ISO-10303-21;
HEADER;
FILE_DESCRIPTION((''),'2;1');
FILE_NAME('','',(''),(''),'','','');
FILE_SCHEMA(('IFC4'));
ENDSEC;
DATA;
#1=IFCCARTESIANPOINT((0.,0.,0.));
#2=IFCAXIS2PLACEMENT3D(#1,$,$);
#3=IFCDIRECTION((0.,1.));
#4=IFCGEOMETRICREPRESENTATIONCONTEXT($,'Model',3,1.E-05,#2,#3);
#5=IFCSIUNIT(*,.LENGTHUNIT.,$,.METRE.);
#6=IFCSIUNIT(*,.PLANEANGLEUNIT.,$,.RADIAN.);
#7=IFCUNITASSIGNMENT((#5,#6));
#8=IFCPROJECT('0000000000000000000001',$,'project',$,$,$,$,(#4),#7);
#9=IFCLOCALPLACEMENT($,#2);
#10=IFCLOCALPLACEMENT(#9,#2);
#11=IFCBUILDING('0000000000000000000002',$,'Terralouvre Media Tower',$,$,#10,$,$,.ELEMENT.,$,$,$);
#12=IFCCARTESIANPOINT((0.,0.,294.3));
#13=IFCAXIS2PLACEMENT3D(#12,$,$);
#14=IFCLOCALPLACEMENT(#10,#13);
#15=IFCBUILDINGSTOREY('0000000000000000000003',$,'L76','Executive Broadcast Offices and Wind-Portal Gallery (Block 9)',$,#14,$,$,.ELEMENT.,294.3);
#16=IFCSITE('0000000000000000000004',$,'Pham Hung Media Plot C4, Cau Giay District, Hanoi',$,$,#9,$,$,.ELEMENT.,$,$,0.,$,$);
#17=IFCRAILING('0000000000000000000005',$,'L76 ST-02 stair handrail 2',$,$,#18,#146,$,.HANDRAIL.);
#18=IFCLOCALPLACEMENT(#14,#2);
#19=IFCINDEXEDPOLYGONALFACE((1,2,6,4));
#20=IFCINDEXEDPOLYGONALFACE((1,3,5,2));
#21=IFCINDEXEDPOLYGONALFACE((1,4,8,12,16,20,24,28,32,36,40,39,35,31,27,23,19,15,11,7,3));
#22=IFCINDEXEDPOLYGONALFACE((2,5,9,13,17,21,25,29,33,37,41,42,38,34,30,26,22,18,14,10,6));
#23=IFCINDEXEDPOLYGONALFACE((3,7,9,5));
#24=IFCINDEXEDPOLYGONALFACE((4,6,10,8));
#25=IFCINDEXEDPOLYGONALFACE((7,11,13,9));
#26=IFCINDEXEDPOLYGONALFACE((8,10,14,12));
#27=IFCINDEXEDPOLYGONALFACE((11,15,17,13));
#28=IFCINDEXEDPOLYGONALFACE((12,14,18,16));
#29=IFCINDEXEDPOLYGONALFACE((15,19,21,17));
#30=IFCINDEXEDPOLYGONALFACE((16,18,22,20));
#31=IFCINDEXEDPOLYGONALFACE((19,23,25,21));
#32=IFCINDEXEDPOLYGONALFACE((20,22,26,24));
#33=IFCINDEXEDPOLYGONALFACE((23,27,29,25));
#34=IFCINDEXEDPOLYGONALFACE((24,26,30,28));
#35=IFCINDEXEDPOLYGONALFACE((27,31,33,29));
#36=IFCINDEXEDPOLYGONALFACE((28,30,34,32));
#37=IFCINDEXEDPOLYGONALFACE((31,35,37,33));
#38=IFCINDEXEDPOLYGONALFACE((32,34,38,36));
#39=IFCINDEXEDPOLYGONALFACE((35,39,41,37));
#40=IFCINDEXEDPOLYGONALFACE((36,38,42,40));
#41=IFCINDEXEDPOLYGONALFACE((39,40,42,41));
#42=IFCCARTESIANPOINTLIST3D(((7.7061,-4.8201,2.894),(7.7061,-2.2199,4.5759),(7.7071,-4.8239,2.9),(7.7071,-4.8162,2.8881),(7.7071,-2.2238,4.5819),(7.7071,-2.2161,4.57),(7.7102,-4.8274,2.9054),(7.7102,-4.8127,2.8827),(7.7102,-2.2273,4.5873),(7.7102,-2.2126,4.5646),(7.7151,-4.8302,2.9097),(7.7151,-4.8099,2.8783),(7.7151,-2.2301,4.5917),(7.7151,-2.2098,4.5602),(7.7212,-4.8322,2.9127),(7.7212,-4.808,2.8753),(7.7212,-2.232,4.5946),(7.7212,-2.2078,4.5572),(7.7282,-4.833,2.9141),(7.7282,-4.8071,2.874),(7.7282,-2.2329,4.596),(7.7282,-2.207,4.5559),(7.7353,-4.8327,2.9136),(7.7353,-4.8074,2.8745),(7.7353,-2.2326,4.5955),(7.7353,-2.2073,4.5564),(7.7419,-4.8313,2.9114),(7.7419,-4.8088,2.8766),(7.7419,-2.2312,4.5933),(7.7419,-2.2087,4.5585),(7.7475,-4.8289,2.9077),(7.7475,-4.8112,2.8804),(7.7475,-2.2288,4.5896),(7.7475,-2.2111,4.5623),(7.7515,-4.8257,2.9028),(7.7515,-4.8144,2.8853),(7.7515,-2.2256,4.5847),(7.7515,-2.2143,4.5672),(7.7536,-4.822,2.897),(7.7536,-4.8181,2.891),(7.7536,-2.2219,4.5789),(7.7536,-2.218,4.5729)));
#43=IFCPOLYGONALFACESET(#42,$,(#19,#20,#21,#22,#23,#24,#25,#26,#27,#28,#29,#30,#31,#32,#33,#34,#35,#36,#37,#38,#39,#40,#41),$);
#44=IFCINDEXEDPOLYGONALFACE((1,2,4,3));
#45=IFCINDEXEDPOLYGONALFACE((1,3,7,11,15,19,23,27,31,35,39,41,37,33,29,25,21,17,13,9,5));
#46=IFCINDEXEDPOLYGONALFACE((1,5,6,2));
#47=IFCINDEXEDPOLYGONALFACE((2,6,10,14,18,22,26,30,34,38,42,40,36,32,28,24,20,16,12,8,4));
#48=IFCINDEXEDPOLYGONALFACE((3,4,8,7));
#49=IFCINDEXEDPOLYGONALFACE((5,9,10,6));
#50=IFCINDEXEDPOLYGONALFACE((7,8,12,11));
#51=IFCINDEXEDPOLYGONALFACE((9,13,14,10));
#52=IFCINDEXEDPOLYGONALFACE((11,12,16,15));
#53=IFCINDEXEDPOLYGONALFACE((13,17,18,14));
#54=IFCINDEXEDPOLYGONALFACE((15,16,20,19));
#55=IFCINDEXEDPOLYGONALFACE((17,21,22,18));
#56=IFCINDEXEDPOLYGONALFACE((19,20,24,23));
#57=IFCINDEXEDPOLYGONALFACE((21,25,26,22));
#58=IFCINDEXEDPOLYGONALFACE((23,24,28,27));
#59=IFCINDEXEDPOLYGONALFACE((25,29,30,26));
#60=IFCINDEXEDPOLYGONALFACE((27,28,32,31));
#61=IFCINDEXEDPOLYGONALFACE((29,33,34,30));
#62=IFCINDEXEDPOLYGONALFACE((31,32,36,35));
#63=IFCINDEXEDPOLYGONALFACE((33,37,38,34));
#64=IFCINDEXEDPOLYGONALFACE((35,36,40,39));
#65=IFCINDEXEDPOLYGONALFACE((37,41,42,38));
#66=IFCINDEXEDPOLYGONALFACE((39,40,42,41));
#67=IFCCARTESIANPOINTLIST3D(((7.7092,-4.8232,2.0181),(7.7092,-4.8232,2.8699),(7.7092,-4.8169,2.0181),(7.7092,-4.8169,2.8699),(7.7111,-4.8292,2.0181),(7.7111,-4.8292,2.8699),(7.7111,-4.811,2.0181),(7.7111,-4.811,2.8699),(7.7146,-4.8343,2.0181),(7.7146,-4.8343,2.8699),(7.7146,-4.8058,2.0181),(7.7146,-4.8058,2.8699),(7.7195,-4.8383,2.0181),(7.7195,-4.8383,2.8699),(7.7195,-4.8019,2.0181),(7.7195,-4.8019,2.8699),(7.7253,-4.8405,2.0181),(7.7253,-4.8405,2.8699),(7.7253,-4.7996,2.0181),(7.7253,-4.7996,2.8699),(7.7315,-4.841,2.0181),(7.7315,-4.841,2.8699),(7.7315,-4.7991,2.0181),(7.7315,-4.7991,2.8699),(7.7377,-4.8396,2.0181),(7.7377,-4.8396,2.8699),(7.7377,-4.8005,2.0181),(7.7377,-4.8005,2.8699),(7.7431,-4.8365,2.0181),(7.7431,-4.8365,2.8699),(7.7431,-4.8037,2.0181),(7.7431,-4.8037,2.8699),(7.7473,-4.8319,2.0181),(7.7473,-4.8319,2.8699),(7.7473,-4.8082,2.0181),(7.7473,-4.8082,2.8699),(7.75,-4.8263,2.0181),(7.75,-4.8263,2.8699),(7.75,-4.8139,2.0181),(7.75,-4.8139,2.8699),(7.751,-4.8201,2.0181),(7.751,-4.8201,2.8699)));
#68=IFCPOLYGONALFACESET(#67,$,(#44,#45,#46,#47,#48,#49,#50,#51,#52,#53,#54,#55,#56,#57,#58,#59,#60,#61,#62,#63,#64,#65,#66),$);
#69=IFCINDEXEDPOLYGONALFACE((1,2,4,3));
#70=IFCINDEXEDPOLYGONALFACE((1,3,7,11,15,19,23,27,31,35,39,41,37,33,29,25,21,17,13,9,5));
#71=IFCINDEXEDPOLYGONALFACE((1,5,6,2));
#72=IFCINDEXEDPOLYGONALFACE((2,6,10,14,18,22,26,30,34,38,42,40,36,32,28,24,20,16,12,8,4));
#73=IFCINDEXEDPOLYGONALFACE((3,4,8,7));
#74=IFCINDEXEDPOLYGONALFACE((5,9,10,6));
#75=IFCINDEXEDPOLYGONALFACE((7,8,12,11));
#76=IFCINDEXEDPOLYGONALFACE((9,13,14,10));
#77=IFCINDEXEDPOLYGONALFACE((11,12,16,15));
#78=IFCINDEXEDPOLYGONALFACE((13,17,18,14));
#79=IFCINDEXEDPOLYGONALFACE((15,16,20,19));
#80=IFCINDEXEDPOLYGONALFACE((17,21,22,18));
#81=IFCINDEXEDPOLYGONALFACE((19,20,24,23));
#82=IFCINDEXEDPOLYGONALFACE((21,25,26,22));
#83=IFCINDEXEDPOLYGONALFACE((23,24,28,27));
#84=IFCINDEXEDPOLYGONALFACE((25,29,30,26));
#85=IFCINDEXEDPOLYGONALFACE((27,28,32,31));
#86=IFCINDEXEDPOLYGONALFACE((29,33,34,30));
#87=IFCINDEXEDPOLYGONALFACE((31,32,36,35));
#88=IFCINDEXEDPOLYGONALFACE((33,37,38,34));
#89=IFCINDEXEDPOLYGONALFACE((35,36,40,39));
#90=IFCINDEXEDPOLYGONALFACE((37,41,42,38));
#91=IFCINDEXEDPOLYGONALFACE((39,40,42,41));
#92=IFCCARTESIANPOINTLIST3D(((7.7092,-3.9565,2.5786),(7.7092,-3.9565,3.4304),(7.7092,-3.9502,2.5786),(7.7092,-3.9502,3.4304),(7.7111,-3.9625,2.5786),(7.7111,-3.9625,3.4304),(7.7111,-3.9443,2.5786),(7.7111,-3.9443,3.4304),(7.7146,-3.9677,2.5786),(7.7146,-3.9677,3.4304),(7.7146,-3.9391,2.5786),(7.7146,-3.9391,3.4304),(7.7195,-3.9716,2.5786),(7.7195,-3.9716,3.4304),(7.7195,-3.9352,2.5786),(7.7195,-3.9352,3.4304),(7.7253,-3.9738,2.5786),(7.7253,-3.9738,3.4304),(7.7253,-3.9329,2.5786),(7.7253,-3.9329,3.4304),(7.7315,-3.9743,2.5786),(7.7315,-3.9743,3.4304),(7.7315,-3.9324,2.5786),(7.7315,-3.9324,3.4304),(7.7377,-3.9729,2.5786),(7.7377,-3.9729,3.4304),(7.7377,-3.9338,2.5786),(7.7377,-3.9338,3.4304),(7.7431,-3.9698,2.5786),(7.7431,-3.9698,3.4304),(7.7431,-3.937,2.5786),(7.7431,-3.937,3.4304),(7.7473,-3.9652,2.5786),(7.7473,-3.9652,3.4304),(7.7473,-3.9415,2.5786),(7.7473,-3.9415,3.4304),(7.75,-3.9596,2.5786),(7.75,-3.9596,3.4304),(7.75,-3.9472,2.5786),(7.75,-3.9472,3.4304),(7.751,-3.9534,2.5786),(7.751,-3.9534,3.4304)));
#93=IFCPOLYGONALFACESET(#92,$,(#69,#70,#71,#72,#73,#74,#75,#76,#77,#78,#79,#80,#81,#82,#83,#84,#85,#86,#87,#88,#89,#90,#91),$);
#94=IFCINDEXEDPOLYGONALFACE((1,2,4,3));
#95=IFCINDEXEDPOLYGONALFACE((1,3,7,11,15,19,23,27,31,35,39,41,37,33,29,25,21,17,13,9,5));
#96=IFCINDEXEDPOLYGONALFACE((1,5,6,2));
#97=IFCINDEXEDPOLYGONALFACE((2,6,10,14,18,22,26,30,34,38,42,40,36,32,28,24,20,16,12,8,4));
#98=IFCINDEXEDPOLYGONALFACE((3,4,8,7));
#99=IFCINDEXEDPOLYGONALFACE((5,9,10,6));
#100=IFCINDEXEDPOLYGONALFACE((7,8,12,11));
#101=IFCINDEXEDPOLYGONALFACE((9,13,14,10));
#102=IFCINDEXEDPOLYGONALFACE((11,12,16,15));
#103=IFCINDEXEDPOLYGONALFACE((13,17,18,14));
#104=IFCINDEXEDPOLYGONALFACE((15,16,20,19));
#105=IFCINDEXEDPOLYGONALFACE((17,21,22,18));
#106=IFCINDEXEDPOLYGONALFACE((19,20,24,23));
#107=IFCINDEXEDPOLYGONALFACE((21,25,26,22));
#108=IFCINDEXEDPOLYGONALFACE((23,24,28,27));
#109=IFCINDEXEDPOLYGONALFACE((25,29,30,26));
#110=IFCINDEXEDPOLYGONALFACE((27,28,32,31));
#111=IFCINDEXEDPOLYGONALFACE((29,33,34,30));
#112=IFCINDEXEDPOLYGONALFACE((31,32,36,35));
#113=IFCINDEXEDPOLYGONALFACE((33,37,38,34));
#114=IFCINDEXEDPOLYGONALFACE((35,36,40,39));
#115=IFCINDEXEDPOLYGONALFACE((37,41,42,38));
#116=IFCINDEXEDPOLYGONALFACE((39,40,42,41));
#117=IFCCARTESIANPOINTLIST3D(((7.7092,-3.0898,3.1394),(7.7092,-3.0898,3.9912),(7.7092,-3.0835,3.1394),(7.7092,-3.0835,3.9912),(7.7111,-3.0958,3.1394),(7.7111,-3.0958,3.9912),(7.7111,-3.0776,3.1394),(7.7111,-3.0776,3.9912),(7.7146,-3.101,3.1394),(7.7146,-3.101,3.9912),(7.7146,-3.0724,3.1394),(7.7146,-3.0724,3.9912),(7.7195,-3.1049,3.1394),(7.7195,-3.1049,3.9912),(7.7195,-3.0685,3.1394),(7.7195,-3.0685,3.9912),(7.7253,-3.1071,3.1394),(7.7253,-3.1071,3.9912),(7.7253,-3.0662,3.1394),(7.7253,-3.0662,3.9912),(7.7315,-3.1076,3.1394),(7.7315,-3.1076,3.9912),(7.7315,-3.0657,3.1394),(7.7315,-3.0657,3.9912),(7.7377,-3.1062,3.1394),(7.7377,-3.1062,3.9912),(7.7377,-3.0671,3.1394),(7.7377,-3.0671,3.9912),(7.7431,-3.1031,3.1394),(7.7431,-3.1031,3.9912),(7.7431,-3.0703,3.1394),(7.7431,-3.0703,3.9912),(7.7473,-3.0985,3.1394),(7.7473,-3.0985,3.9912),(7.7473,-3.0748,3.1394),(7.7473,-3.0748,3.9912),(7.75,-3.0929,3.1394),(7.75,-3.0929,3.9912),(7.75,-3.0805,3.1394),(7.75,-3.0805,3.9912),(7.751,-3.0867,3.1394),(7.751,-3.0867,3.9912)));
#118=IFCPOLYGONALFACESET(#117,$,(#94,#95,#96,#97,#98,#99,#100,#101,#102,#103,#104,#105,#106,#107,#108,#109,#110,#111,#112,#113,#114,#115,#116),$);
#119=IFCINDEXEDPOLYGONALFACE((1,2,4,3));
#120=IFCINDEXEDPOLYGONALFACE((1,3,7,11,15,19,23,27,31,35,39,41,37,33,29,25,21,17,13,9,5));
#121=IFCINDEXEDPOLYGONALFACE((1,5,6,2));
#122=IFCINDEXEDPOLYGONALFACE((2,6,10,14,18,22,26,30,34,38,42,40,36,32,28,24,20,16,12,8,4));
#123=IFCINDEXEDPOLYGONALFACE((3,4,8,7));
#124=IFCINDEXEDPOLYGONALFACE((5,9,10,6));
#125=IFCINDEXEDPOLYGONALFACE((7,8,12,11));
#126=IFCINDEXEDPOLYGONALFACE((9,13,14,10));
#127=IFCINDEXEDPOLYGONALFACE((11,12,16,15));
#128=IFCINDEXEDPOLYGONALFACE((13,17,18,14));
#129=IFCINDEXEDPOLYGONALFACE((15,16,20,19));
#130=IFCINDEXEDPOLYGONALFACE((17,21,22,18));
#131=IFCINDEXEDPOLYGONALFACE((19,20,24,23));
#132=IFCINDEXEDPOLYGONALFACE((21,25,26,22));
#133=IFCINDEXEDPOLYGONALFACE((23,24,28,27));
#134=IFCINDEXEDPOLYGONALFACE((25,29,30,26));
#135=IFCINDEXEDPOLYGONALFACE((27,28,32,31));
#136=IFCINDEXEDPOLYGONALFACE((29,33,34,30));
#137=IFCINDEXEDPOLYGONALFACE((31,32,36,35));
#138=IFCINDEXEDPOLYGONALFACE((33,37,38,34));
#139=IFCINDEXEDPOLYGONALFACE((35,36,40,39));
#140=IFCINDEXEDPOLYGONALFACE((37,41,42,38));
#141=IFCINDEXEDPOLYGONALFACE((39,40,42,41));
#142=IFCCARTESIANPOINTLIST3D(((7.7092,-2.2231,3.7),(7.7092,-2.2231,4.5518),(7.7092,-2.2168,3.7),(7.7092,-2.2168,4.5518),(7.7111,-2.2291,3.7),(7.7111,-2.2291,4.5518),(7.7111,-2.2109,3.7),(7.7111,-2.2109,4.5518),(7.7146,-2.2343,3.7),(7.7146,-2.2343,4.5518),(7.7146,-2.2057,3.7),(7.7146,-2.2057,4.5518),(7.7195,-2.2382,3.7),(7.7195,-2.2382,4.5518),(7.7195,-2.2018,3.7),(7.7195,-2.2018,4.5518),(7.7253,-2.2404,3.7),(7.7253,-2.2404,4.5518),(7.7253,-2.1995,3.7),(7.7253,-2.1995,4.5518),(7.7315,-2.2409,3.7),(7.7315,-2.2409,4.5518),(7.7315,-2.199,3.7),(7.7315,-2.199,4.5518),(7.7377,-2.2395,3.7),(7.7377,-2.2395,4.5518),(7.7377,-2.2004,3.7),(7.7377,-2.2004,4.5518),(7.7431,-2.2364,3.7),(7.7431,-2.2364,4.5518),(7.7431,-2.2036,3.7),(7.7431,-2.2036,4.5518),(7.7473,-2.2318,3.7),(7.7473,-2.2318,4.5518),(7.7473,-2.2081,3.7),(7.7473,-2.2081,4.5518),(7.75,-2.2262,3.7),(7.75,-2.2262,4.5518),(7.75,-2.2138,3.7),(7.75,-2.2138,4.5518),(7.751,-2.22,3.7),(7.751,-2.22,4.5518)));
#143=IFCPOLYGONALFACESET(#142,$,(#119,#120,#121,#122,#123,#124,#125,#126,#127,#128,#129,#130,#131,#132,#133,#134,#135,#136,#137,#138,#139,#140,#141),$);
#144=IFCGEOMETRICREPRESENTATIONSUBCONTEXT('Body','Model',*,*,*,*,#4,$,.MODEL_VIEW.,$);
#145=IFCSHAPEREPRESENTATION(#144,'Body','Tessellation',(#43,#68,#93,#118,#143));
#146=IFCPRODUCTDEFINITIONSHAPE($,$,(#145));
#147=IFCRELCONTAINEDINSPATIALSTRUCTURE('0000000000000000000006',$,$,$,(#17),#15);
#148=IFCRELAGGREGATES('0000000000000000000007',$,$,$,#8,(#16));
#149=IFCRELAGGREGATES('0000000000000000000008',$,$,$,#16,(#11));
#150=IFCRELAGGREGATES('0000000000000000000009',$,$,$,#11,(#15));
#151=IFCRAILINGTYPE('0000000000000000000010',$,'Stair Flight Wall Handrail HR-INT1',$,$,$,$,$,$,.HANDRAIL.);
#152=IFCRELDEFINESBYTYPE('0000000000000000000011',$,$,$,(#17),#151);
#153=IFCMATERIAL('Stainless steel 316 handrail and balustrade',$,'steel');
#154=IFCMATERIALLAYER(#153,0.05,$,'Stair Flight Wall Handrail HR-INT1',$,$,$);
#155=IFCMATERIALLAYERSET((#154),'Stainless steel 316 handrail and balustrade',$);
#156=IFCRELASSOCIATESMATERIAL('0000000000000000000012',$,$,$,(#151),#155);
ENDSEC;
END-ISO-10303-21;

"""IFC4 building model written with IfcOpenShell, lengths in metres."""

from ifc_helpers import new_model, si_unit, direction, frame, origin, origin_2d, place, context, subcontext, project, spatial, circle, extrude, material, layer, layer_set, type_object, element, save


model = new_model("IFC4")

# Units and contexts
model_context = context("Model", 3, precision=1e-05, world=origin(), true_north=direction((0.0, 1.0)))
body_context = subcontext(model_context, "Body", "Model", "MODEL_VIEW")
ifc_project = project(units=[si_unit("LENGTHUNIT", "METRE"), si_unit("PLANEANGLEUNIT", "RADIAN")], contexts=[model_context])

# Site, building, storey
site_placement = place(None, origin())
site = spatial("IfcSite", under=ifc_project, at=site_placement, Name="Pham Hung Media Plot C4, Cau Giay District, Hanoi", CompositionType="ELEMENT", RefElevation=0.0)
building_placement = place(site_placement, origin())
building = spatial("IfcBuilding", under=site, at=building_placement, Name="Terralouvre Media Tower", CompositionType="ELEMENT")
storey_placement = place(building_placement, frame((0.0, 0.0, 294.3)))
storey = spatial("IfcBuildingStorey", under=building, at=storey_placement, Name="L76", Description="Executive Broadcast Offices and Wind-Portal Gallery (Block 9)", CompositionType="ELEMENT", Elevation=294.3)

# Railing
ifc_material_1 = material(Name="Stainless steel 316 handrail and balustrade", Category="steel")
ifc_layer_1 = layer(ifc_material_1, 0.05, Name="Stair Flight Wall Handrail HR-INT1")
ifc_layer_set_1 = layer_set([ifc_layer_1], Name="Stainless steel 316 handrail and balustrade")
railing_type_1 = type_object("IfcRailingType", Name="Stair Flight Wall Handrail HR-INT1", PredefinedType="HANDRAIL", material=ifc_layer_set_1)
railing_1_placement = place(storey_placement, frame((7.73, -4.8201, 2.0181)))
element("IfcRailing", 1, at=railing_1_placement, inside=storey, type_object=railing_type_1, Name="L76 ST-02 stair handrail 2", PredefinedType="HANDRAIL", context=body_context, shape_type="SweptSolid", body=[
    extrude(circle(Radius=0.0239, at=origin_2d()), frame((0.0, 0.0, 0.876), z_axis=(0.0, 0.839648, 0.54313), x_axis=(-1.0, 0.0, 0.0)), (0.0, 0.0, 1.0), 3.0967),
    extrude(circle(Radius=0.021, at=origin_2d()), origin(), (0.0, 0.0, 1.0), 0.8518),
    extrude(circle(Radius=0.021, at=origin_2d()), frame((0.0, 0.8667, 0.5605)), (0.0, 0.0, 1.0), 0.8518),
    extrude(circle(Radius=0.021, at=origin_2d()), frame((0.0, 1.7334, 1.1213)), (0.0, 0.0, 1.0), 0.8518),
    extrude(circle(Radius=0.021, at=origin_2d()), frame((0.0, 2.6001, 1.6819)), (0.0, 0.0, 1.0), 0.8518),
])

save(model, "model.ifc")
